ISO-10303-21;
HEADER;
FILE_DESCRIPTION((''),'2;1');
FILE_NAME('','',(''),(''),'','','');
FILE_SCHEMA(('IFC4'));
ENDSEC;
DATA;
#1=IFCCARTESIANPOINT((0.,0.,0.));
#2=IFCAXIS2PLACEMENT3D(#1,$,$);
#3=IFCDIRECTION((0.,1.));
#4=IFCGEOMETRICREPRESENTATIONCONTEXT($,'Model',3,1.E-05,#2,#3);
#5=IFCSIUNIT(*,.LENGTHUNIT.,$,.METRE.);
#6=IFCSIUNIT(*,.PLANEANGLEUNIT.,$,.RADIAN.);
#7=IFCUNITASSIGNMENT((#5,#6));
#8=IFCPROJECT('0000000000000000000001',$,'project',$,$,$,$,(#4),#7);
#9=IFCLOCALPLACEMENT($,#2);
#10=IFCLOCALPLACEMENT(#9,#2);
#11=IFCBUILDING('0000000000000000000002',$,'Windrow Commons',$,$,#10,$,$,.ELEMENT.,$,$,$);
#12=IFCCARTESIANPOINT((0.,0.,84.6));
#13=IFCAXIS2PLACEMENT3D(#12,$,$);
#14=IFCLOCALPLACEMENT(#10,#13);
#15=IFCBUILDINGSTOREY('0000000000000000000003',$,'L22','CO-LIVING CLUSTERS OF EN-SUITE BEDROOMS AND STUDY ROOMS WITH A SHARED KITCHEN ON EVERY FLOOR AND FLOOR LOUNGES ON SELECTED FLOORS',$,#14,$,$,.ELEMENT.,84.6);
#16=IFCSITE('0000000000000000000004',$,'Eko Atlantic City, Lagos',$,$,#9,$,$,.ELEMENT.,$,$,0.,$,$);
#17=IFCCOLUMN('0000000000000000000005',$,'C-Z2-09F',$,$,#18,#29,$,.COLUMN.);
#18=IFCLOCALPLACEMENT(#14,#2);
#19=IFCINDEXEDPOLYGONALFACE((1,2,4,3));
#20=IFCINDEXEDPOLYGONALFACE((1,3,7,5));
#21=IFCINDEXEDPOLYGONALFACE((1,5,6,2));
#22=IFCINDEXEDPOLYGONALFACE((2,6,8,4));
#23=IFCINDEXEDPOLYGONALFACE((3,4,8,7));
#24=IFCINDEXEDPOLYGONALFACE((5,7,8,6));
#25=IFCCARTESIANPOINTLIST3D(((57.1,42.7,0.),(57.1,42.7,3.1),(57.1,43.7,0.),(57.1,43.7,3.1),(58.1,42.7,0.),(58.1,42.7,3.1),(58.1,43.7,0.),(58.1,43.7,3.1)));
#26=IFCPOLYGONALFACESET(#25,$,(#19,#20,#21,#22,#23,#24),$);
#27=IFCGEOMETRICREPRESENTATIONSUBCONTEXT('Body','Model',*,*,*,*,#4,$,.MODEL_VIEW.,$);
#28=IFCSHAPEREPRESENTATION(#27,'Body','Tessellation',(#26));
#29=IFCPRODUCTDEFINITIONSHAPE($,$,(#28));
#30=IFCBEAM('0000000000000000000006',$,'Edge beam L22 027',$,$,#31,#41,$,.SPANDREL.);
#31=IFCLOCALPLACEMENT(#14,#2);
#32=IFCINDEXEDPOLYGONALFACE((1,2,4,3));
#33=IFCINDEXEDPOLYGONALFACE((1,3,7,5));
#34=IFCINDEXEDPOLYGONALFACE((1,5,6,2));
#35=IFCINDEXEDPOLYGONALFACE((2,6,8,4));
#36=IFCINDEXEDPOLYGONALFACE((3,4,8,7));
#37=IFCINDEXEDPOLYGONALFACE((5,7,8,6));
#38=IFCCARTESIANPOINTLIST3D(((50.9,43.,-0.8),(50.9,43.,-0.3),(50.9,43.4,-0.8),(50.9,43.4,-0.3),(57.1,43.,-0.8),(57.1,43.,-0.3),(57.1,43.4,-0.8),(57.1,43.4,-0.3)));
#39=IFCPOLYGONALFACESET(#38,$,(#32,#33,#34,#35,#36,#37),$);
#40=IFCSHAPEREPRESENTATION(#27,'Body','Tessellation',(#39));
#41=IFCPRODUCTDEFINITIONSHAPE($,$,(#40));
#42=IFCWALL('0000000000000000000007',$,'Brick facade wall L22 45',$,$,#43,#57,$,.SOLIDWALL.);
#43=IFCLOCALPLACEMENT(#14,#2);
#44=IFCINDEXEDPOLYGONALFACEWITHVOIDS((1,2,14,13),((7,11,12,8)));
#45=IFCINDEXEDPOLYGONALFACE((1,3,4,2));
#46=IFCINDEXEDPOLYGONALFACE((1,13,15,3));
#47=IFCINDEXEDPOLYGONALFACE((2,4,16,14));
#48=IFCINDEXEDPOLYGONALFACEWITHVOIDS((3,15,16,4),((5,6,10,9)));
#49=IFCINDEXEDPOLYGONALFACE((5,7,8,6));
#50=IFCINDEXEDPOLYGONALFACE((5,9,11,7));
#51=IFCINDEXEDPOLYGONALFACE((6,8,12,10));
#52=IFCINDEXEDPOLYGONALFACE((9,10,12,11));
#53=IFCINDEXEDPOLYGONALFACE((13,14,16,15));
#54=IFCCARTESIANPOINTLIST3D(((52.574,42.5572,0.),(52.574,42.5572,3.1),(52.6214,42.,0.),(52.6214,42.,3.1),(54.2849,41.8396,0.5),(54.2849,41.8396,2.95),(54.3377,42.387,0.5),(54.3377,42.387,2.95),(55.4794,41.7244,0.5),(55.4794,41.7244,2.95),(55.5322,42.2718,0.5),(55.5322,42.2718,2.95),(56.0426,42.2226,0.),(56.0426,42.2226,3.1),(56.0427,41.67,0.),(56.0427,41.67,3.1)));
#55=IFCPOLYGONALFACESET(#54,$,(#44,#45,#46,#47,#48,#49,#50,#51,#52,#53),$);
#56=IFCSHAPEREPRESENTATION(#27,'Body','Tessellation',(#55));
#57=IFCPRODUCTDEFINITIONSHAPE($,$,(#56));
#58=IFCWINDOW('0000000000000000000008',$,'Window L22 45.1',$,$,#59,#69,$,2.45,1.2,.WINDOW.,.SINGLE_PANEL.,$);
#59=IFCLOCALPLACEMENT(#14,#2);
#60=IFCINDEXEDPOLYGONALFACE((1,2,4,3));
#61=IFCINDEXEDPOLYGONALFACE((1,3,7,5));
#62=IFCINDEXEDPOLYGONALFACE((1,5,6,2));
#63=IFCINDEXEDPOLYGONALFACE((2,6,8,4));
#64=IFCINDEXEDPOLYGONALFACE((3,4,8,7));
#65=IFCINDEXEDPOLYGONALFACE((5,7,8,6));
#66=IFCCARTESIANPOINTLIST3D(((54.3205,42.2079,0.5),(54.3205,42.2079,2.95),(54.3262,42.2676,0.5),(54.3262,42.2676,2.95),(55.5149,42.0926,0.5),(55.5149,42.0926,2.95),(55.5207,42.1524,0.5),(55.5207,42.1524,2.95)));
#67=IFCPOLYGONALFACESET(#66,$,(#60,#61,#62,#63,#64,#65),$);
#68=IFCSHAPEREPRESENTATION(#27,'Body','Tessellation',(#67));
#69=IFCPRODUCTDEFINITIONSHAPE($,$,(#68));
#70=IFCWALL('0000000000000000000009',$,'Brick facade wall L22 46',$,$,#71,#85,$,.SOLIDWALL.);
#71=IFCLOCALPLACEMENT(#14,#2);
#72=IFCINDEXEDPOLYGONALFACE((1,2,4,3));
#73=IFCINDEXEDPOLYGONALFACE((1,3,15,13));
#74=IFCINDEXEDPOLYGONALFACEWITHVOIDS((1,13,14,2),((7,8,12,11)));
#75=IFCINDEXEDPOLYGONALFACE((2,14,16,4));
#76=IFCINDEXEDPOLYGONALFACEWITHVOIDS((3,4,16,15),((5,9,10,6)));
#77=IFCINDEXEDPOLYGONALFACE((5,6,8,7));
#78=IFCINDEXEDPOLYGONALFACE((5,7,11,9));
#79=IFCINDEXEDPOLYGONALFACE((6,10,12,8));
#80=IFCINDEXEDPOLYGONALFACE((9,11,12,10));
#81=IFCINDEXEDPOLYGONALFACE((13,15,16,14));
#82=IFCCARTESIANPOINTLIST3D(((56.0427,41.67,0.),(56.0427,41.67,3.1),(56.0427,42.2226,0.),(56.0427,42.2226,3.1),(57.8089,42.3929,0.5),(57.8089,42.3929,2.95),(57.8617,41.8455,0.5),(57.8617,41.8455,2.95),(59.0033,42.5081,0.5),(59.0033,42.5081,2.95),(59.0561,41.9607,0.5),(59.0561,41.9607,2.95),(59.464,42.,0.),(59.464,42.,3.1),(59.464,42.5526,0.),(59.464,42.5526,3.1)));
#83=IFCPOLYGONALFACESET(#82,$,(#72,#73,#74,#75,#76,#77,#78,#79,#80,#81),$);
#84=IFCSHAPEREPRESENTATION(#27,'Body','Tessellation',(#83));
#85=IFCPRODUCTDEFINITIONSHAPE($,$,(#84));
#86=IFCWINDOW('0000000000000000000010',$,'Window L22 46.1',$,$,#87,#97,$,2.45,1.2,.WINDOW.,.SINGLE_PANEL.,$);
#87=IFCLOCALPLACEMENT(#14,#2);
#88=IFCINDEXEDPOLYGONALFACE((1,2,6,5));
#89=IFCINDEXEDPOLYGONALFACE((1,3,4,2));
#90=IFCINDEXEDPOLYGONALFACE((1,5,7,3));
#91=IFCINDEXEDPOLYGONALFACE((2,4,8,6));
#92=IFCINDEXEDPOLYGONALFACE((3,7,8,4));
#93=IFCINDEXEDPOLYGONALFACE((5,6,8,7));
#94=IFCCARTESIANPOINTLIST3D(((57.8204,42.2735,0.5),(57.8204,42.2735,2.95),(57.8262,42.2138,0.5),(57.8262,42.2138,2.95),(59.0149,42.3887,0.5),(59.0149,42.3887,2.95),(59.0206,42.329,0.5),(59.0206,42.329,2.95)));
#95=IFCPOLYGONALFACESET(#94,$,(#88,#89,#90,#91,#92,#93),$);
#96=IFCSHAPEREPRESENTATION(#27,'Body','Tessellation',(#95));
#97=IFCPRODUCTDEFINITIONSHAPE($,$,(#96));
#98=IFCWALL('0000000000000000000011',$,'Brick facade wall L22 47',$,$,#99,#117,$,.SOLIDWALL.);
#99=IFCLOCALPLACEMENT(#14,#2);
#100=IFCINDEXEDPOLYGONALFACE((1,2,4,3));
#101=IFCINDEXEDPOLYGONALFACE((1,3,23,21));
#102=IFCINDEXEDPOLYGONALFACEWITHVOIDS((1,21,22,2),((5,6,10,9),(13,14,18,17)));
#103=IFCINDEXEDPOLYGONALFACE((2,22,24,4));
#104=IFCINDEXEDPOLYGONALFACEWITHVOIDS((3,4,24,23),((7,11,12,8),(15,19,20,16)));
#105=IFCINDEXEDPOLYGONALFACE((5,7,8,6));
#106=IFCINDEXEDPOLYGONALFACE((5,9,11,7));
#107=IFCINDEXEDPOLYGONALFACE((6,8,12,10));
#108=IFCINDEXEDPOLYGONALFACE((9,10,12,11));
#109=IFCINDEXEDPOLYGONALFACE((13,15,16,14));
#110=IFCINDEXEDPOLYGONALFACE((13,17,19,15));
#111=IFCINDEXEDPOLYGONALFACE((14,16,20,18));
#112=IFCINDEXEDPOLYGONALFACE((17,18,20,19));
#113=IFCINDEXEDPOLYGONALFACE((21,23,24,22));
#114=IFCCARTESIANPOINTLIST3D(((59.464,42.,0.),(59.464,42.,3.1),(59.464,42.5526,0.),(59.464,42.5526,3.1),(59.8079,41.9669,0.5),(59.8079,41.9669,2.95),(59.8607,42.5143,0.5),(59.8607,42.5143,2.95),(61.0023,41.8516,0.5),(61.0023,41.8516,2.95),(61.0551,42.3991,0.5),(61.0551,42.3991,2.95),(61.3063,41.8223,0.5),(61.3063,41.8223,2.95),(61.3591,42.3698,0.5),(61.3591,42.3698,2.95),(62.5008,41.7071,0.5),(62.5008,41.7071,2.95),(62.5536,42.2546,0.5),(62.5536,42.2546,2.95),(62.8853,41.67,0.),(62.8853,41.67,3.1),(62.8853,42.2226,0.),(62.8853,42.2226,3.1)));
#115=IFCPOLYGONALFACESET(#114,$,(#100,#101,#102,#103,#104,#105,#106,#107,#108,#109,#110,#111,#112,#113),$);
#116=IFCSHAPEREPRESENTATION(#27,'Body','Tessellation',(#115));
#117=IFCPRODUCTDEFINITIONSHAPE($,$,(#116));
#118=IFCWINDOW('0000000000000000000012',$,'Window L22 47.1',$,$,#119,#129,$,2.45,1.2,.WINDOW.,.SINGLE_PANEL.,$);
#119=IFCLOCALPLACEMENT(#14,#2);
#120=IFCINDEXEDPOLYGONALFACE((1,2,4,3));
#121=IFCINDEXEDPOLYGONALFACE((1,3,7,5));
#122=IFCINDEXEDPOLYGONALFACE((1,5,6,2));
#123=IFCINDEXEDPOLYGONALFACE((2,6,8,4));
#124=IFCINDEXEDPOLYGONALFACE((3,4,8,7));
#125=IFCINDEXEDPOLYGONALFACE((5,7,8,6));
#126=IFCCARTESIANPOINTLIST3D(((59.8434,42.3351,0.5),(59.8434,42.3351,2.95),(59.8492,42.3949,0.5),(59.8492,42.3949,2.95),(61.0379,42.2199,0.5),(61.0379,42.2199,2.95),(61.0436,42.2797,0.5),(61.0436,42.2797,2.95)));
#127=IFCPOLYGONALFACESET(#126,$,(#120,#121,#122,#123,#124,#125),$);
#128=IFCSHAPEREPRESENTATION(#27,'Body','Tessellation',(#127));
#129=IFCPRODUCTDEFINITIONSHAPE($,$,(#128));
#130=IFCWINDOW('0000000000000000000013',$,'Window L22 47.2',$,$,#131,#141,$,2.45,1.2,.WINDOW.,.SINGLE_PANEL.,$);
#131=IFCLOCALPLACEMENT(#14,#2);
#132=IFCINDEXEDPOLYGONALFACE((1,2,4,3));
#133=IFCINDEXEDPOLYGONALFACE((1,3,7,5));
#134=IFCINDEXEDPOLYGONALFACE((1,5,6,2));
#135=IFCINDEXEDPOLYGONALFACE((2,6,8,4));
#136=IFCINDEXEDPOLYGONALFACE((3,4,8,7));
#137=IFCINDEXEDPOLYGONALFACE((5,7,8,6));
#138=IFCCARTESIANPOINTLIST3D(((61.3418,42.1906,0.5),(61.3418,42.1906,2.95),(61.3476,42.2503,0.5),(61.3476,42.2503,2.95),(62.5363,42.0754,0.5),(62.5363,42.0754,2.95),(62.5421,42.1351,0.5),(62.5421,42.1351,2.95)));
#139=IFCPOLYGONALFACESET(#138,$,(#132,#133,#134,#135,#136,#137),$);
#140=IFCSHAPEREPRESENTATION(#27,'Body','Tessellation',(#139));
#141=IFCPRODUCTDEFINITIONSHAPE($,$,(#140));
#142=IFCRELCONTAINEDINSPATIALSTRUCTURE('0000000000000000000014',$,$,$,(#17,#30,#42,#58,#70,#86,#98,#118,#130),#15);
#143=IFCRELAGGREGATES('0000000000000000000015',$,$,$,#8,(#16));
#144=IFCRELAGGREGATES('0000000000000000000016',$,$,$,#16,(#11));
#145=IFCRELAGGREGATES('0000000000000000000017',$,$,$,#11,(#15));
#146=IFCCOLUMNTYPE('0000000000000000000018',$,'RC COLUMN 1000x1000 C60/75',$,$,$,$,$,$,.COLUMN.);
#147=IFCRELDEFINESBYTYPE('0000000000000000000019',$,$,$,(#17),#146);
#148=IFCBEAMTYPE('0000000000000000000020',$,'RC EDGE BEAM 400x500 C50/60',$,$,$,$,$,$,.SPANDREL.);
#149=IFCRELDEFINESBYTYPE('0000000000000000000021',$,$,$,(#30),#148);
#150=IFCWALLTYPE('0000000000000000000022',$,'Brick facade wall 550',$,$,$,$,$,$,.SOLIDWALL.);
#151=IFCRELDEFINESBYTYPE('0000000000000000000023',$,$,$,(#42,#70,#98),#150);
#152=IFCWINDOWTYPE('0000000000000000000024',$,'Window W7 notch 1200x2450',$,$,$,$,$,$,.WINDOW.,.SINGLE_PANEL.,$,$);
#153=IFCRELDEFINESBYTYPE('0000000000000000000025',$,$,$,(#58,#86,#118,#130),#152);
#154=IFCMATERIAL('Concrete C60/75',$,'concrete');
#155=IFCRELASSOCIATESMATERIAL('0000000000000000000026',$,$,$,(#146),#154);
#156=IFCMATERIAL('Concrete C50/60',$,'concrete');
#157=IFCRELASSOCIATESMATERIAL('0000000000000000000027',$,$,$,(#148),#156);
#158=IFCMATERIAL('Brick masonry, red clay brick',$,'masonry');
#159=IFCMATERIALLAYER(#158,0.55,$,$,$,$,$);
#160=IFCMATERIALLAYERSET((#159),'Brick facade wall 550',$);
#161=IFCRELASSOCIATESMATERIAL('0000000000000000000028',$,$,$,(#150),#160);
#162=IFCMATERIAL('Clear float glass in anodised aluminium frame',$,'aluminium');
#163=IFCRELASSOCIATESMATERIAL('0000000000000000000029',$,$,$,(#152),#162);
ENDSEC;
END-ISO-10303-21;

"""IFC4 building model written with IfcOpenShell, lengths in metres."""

from ifc_helpers import new_model, si_unit, direction, frame, frame_2d, origin, origin_2d, place, context, subcontext, project, spatial, polyline, rectangle, outline, extrude, material, layer, layer_set, material_profile, profile_set, type_object, element, fill, save


model = new_model("IFC4")

# Units and contexts
model_context = context("Model", 3, precision=1e-05, world=origin(), true_north=direction((0.0, 1.0)))
body_context = subcontext(model_context, "Body", "Model", "MODEL_VIEW")
ifc_project = project(units=[si_unit("LENGTHUNIT", "METRE"), si_unit("PLANEANGLEUNIT", "RADIAN")], contexts=[model_context])

# Site, building, storey
site_placement = place(None, origin())
site = spatial("IfcSite", under=ifc_project, at=site_placement, Name="Eko Atlantic City, Lagos", CompositionType="ELEMENT", RefElevation=0.0)
building_placement = place(site_placement, origin())
building = spatial("IfcBuilding", under=site, at=building_placement, Name="Windrow Commons", CompositionType="ELEMENT")
storey_placement = place(building_placement, frame((0.0, 0.0, 84.6)))
storey = spatial("IfcBuildingStorey", under=building, at=storey_placement, Name="L22", Description="CO-LIVING CLUSTERS OF EN-SUITE BEDROOMS AND STUDY ROOMS WITH A SHARED KITCHEN ON EVERY FLOOR AND FLOOR LOUNGES ON SELECTED FLOORS", CompositionType="ELEMENT", Elevation=84.6)

# Column
ifc_material_1 = material(Name="Concrete C60/75", Category="concrete")
ifc_material_profile_1 = material_profile(ifc_material_1, rectangle(XDim=1.0, YDim=1.0, at=origin_2d()))
ifc_profile_set_1 = profile_set([ifc_material_profile_1], Name="Concrete C60/75")
column_type = type_object("IfcColumnType", Name="RC COLUMN 1000x1000 C60/75", PredefinedType="COLUMN", material=ifc_profile_set_1)
column_placement = place(storey_placement, frame((57.6, 43.2, 0.0), z_axis=(0.0, 0.0, 1.0), x_axis=(1.0, 0.0, 0.0)))
element("IfcColumn", 1, at=column_placement, inside=storey, type_object=column_type, Name="C-Z2-09F", PredefinedType="COLUMN", context=body_context, shape_type="SweptSolid", body=[
    extrude(rectangle(XDim=1.0, YDim=1.0, at=origin_2d()), origin(), (0.0, 0.0, 1.0), 3.1),
])

# Beam
ifc_material_2 = material(Name="Concrete C50/60", Category="concrete")
ifc_material_profile_2 = material_profile(ifc_material_2, rectangle(XDim=0.4, YDim=0.5, at=origin_2d()))
ifc_profile_set_2 = profile_set([ifc_material_profile_2], Name="Concrete C50/60")
beam_type = type_object("IfcBeamType", Name="RC EDGE BEAM 400x500 C50/60", PredefinedType="SPANDREL", material=ifc_profile_set_2)
beam_placement = place(storey_placement, frame((57.1, 43.2, -0.55), z_axis=(-1.0, 0.0, 0.0), x_axis=(0.0, -1.0, 0.0)))
element("IfcBeam", 2, at=beam_placement, inside=storey, type_object=beam_type, Name="Edge beam L22 027", PredefinedType="SPANDREL", context=body_context, shape_type="SweptSolid", body=[
    extrude(rectangle(XDim=0.4, YDim=0.5, at=origin_2d()), origin(), (0.0, 0.0, 1.0), 6.2),
])

# Walls, openings, windows
ifc_material_3 = material(Name="Brick masonry, red clay brick", Category="masonry")
ifc_layer_1 = layer(ifc_material_3, 0.55)
ifc_layer_set_1 = layer_set([ifc_layer_1], Name="Brick facade wall 550")
wall_type_1 = type_object("IfcWallType", Name="Brick facade wall 550", PredefinedType="SOLIDWALL", material=ifc_layer_set_1)
wall_1_placement = place(storey_placement, frame((52.5977, 42.2786, 0.0), z_axis=(0.0, 0.0, 1.0), x_axis=(0.99538, -0.096013, 0.0)))
wall_1 = element("IfcWall", 3, at=wall_1_placement, inside=storey, type_object=wall_type_1, Name="Brick facade wall L22 45", PredefinedType="SOLIDWALL", context=body_context, shape_type="SweptSolid", body=[
    extrude(outline(polyline([(0.0503, -0.275), (3.4875, -0.275), (3.4344, 0.275), (-0.0503, 0.275), (0.0503, -0.275)])), origin(), (0.0, 0.0, 1.0), 3.1),
])
opening_1_placement = place(wall_1_placement, frame((1.7216, 0.0, 0.5)))
opening_1 = element("IfcOpeningElement", 4, at=opening_1_placement, cuts=wall_1, PredefinedType="OPENING", context=body_context, shape_type="SweptSolid", body=[
    extrude(rectangle(XDim=1.2, YDim=2.45, at=frame_2d((0.6, 1.225))), frame((0.0, 0.285, 0.0), z_axis=(0.0, -1.0, 0.0), x_axis=(1.0, 0.0, 0.0)), (0.0, 0.0, 1.0), 0.57),
])
ifc_material_4 = material(Name="Clear float glass in anodised aluminium frame", Category="aluminium")
window_type = type_object("IfcWindowType", Name="Window W7 notch 1200x2450", PartitioningType="SINGLE_PANEL", PredefinedType="WINDOW", material=ifc_material_4)
window_1_placement = place(opening_1_placement, origin())
window_1 = element("IfcWindow", 5, at=window_1_placement, inside=storey, type_object=window_type, Name="Window L22 45.1", OverallHeight=2.45, OverallWidth=1.2, PartitioningType="SINGLE_PANEL", PredefinedType="WINDOW", context=body_context, shape_type="SweptSolid", body=[
    extrude(rectangle(XDim=1.2, YDim=2.45, at=frame_2d((0.6, 1.225))), frame((0.0, 0.155, 0.0), z_axis=(0.0, -1.0, 0.0), x_axis=(1.0, 0.0, 0.0)), (0.0, 0.0, 1.0), 0.06),
])
fill(opening_1, window_1)
wall_2_placement = place(storey_placement, frame((56.0427, 41.9463, 0.0), z_axis=(0.0, 0.0, 1.0), x_axis=(0.99538, 0.096009, 0.0)))
wall_2 = element("IfcWall", 6, at=wall_2_placement, inside=storey, type_object=wall_type_1, Name="Brick facade wall L22 46", PredefinedType="SOLIDWALL", context=body_context, shape_type="SweptSolid", body=[
    extrude(outline(polyline([(-0.0265, -0.275), (3.4107, -0.275), (3.4637, 0.275), (0.0265, 0.275), (-0.0265, -0.275)])), origin(), (0.0, 0.0, 1.0), 3.1),
])
opening_2_placement = place(wall_2_placement, frame((1.8009, 0.0, 0.5)))
opening_2 = element("IfcOpeningElement", 7, at=opening_2_placement, cuts=wall_2, PredefinedType="OPENING", context=body_context, shape_type="SweptSolid", body=[
    extrude(rectangle(XDim=1.2, YDim=2.45, at=frame_2d((0.6, 1.225))), frame((0.0, 0.285, 0.0), z_axis=(0.0, -1.0, 0.0), x_axis=(1.0, 0.0, 0.0)), (0.0, 0.0, 1.0), 0.57),
])
window_2_placement = place(opening_2_placement, origin())
window_2 = element("IfcWindow", 8, at=window_2_placement, inside=storey, type_object=window_type, Name="Window L22 46.1", OverallHeight=2.45, OverallWidth=1.2, PartitioningType="SINGLE_PANEL", PredefinedType="WINDOW", context=body_context, shape_type="SweptSolid", body=[
    extrude(rectangle(XDim=1.2, YDim=2.45, at=frame_2d((0.6, 1.225))), frame((0.0, 0.155, 0.0), z_axis=(0.0, -1.0, 0.0), x_axis=(1.0, 0.0, 0.0)), (0.0, 0.0, 1.0), 0.06),
])
fill(opening_2, window_2)

# Wall, openings, windows
wall_3_placement = place(storey_placement, frame((59.464, 42.2763, 0.0), z_axis=(0.0, 0.0, 1.0), x_axis=(0.99538, -0.096009, 0.0)))
wall_3 = element("IfcWall", 9, at=wall_3_placement, inside=storey, type_object=wall_type_1, Name="Brick facade wall L22 47", PredefinedType="SOLIDWALL", context=body_context, shape_type="SweptSolid", body=[
    extrude(outline(polyline([(0.0265, -0.275), (3.4637, -0.275), (3.4107, 0.275), (-0.0265, 0.275), (0.0265, -0.275)])), origin(), (0.0, 0.0, 1.0), 3.1),
])
opening_3_placement = place(wall_3_placement, frame((0.372, 0.0, 0.5)))
opening_3 = element("IfcOpeningElement", 10, at=opening_3_placement, cuts=wall_3, PredefinedType="OPENING", context=body_context, shape_type="SweptSolid", body=[
    extrude(rectangle(XDim=1.2, YDim=2.45, at=frame_2d((0.6, 1.225))), frame((0.0, 0.285, 0.0), z_axis=(0.0, -1.0, 0.0), x_axis=(1.0, 0.0, 0.0)), (0.0, 0.0, 1.0), 0.57),
])
opening_4_placement = place(wall_3_placement, frame((1.8774, 0.0, 0.5)))
opening_4 = element("IfcOpeningElement", 11, at=opening_4_placement, cuts=wall_3, PredefinedType="OPENING", context=body_context, shape_type="SweptSolid", body=[
    extrude(rectangle(XDim=1.2, YDim=2.45, at=frame_2d((0.6, 1.225))), frame((0.0, 0.285, 0.0), z_axis=(0.0, -1.0, 0.0), x_axis=(1.0, 0.0, 0.0)), (0.0, 0.0, 1.0), 0.57),
])
window_3_placement = place(opening_3_placement, origin())
window_3 = element("IfcWindow", 12, at=window_3_placement, inside=storey, type_object=window_type, Name="Window L22 47.1", OverallHeight=2.45, OverallWidth=1.2, PartitioningType="SINGLE_PANEL", PredefinedType="WINDOW", context=body_context, shape_type="SweptSolid", body=[
    extrude(rectangle(XDim=1.2, YDim=2.45, at=frame_2d((0.6, 1.225))), frame((0.0, 0.155, 0.0), z_axis=(0.0, -1.0, 0.0), x_axis=(1.0, 0.0, 0.0)), (0.0, 0.0, 1.0), 0.06),
])
fill(opening_3, window_3)
window_4_placement = place(opening_4_placement, origin())
window_4 = element("IfcWindow", 13, at=window_4_placement, inside=storey, type_object=window_type, Name="Window L22 47.2", OverallHeight=2.45, OverallWidth=1.2, PartitioningType="SINGLE_PANEL", PredefinedType="WINDOW", context=body_context, shape_type="SweptSolid", body=[
    extrude(rectangle(XDim=1.2, YDim=2.45, at=frame_2d((0.6, 1.225))), frame((0.0, 0.155, 0.0), z_axis=(0.0, -1.0, 0.0), x_axis=(1.0, 0.0, 0.0)), (0.0, 0.0, 1.0), 0.06),
])
fill(opening_4, window_4)

save(model, "model.ifc")
